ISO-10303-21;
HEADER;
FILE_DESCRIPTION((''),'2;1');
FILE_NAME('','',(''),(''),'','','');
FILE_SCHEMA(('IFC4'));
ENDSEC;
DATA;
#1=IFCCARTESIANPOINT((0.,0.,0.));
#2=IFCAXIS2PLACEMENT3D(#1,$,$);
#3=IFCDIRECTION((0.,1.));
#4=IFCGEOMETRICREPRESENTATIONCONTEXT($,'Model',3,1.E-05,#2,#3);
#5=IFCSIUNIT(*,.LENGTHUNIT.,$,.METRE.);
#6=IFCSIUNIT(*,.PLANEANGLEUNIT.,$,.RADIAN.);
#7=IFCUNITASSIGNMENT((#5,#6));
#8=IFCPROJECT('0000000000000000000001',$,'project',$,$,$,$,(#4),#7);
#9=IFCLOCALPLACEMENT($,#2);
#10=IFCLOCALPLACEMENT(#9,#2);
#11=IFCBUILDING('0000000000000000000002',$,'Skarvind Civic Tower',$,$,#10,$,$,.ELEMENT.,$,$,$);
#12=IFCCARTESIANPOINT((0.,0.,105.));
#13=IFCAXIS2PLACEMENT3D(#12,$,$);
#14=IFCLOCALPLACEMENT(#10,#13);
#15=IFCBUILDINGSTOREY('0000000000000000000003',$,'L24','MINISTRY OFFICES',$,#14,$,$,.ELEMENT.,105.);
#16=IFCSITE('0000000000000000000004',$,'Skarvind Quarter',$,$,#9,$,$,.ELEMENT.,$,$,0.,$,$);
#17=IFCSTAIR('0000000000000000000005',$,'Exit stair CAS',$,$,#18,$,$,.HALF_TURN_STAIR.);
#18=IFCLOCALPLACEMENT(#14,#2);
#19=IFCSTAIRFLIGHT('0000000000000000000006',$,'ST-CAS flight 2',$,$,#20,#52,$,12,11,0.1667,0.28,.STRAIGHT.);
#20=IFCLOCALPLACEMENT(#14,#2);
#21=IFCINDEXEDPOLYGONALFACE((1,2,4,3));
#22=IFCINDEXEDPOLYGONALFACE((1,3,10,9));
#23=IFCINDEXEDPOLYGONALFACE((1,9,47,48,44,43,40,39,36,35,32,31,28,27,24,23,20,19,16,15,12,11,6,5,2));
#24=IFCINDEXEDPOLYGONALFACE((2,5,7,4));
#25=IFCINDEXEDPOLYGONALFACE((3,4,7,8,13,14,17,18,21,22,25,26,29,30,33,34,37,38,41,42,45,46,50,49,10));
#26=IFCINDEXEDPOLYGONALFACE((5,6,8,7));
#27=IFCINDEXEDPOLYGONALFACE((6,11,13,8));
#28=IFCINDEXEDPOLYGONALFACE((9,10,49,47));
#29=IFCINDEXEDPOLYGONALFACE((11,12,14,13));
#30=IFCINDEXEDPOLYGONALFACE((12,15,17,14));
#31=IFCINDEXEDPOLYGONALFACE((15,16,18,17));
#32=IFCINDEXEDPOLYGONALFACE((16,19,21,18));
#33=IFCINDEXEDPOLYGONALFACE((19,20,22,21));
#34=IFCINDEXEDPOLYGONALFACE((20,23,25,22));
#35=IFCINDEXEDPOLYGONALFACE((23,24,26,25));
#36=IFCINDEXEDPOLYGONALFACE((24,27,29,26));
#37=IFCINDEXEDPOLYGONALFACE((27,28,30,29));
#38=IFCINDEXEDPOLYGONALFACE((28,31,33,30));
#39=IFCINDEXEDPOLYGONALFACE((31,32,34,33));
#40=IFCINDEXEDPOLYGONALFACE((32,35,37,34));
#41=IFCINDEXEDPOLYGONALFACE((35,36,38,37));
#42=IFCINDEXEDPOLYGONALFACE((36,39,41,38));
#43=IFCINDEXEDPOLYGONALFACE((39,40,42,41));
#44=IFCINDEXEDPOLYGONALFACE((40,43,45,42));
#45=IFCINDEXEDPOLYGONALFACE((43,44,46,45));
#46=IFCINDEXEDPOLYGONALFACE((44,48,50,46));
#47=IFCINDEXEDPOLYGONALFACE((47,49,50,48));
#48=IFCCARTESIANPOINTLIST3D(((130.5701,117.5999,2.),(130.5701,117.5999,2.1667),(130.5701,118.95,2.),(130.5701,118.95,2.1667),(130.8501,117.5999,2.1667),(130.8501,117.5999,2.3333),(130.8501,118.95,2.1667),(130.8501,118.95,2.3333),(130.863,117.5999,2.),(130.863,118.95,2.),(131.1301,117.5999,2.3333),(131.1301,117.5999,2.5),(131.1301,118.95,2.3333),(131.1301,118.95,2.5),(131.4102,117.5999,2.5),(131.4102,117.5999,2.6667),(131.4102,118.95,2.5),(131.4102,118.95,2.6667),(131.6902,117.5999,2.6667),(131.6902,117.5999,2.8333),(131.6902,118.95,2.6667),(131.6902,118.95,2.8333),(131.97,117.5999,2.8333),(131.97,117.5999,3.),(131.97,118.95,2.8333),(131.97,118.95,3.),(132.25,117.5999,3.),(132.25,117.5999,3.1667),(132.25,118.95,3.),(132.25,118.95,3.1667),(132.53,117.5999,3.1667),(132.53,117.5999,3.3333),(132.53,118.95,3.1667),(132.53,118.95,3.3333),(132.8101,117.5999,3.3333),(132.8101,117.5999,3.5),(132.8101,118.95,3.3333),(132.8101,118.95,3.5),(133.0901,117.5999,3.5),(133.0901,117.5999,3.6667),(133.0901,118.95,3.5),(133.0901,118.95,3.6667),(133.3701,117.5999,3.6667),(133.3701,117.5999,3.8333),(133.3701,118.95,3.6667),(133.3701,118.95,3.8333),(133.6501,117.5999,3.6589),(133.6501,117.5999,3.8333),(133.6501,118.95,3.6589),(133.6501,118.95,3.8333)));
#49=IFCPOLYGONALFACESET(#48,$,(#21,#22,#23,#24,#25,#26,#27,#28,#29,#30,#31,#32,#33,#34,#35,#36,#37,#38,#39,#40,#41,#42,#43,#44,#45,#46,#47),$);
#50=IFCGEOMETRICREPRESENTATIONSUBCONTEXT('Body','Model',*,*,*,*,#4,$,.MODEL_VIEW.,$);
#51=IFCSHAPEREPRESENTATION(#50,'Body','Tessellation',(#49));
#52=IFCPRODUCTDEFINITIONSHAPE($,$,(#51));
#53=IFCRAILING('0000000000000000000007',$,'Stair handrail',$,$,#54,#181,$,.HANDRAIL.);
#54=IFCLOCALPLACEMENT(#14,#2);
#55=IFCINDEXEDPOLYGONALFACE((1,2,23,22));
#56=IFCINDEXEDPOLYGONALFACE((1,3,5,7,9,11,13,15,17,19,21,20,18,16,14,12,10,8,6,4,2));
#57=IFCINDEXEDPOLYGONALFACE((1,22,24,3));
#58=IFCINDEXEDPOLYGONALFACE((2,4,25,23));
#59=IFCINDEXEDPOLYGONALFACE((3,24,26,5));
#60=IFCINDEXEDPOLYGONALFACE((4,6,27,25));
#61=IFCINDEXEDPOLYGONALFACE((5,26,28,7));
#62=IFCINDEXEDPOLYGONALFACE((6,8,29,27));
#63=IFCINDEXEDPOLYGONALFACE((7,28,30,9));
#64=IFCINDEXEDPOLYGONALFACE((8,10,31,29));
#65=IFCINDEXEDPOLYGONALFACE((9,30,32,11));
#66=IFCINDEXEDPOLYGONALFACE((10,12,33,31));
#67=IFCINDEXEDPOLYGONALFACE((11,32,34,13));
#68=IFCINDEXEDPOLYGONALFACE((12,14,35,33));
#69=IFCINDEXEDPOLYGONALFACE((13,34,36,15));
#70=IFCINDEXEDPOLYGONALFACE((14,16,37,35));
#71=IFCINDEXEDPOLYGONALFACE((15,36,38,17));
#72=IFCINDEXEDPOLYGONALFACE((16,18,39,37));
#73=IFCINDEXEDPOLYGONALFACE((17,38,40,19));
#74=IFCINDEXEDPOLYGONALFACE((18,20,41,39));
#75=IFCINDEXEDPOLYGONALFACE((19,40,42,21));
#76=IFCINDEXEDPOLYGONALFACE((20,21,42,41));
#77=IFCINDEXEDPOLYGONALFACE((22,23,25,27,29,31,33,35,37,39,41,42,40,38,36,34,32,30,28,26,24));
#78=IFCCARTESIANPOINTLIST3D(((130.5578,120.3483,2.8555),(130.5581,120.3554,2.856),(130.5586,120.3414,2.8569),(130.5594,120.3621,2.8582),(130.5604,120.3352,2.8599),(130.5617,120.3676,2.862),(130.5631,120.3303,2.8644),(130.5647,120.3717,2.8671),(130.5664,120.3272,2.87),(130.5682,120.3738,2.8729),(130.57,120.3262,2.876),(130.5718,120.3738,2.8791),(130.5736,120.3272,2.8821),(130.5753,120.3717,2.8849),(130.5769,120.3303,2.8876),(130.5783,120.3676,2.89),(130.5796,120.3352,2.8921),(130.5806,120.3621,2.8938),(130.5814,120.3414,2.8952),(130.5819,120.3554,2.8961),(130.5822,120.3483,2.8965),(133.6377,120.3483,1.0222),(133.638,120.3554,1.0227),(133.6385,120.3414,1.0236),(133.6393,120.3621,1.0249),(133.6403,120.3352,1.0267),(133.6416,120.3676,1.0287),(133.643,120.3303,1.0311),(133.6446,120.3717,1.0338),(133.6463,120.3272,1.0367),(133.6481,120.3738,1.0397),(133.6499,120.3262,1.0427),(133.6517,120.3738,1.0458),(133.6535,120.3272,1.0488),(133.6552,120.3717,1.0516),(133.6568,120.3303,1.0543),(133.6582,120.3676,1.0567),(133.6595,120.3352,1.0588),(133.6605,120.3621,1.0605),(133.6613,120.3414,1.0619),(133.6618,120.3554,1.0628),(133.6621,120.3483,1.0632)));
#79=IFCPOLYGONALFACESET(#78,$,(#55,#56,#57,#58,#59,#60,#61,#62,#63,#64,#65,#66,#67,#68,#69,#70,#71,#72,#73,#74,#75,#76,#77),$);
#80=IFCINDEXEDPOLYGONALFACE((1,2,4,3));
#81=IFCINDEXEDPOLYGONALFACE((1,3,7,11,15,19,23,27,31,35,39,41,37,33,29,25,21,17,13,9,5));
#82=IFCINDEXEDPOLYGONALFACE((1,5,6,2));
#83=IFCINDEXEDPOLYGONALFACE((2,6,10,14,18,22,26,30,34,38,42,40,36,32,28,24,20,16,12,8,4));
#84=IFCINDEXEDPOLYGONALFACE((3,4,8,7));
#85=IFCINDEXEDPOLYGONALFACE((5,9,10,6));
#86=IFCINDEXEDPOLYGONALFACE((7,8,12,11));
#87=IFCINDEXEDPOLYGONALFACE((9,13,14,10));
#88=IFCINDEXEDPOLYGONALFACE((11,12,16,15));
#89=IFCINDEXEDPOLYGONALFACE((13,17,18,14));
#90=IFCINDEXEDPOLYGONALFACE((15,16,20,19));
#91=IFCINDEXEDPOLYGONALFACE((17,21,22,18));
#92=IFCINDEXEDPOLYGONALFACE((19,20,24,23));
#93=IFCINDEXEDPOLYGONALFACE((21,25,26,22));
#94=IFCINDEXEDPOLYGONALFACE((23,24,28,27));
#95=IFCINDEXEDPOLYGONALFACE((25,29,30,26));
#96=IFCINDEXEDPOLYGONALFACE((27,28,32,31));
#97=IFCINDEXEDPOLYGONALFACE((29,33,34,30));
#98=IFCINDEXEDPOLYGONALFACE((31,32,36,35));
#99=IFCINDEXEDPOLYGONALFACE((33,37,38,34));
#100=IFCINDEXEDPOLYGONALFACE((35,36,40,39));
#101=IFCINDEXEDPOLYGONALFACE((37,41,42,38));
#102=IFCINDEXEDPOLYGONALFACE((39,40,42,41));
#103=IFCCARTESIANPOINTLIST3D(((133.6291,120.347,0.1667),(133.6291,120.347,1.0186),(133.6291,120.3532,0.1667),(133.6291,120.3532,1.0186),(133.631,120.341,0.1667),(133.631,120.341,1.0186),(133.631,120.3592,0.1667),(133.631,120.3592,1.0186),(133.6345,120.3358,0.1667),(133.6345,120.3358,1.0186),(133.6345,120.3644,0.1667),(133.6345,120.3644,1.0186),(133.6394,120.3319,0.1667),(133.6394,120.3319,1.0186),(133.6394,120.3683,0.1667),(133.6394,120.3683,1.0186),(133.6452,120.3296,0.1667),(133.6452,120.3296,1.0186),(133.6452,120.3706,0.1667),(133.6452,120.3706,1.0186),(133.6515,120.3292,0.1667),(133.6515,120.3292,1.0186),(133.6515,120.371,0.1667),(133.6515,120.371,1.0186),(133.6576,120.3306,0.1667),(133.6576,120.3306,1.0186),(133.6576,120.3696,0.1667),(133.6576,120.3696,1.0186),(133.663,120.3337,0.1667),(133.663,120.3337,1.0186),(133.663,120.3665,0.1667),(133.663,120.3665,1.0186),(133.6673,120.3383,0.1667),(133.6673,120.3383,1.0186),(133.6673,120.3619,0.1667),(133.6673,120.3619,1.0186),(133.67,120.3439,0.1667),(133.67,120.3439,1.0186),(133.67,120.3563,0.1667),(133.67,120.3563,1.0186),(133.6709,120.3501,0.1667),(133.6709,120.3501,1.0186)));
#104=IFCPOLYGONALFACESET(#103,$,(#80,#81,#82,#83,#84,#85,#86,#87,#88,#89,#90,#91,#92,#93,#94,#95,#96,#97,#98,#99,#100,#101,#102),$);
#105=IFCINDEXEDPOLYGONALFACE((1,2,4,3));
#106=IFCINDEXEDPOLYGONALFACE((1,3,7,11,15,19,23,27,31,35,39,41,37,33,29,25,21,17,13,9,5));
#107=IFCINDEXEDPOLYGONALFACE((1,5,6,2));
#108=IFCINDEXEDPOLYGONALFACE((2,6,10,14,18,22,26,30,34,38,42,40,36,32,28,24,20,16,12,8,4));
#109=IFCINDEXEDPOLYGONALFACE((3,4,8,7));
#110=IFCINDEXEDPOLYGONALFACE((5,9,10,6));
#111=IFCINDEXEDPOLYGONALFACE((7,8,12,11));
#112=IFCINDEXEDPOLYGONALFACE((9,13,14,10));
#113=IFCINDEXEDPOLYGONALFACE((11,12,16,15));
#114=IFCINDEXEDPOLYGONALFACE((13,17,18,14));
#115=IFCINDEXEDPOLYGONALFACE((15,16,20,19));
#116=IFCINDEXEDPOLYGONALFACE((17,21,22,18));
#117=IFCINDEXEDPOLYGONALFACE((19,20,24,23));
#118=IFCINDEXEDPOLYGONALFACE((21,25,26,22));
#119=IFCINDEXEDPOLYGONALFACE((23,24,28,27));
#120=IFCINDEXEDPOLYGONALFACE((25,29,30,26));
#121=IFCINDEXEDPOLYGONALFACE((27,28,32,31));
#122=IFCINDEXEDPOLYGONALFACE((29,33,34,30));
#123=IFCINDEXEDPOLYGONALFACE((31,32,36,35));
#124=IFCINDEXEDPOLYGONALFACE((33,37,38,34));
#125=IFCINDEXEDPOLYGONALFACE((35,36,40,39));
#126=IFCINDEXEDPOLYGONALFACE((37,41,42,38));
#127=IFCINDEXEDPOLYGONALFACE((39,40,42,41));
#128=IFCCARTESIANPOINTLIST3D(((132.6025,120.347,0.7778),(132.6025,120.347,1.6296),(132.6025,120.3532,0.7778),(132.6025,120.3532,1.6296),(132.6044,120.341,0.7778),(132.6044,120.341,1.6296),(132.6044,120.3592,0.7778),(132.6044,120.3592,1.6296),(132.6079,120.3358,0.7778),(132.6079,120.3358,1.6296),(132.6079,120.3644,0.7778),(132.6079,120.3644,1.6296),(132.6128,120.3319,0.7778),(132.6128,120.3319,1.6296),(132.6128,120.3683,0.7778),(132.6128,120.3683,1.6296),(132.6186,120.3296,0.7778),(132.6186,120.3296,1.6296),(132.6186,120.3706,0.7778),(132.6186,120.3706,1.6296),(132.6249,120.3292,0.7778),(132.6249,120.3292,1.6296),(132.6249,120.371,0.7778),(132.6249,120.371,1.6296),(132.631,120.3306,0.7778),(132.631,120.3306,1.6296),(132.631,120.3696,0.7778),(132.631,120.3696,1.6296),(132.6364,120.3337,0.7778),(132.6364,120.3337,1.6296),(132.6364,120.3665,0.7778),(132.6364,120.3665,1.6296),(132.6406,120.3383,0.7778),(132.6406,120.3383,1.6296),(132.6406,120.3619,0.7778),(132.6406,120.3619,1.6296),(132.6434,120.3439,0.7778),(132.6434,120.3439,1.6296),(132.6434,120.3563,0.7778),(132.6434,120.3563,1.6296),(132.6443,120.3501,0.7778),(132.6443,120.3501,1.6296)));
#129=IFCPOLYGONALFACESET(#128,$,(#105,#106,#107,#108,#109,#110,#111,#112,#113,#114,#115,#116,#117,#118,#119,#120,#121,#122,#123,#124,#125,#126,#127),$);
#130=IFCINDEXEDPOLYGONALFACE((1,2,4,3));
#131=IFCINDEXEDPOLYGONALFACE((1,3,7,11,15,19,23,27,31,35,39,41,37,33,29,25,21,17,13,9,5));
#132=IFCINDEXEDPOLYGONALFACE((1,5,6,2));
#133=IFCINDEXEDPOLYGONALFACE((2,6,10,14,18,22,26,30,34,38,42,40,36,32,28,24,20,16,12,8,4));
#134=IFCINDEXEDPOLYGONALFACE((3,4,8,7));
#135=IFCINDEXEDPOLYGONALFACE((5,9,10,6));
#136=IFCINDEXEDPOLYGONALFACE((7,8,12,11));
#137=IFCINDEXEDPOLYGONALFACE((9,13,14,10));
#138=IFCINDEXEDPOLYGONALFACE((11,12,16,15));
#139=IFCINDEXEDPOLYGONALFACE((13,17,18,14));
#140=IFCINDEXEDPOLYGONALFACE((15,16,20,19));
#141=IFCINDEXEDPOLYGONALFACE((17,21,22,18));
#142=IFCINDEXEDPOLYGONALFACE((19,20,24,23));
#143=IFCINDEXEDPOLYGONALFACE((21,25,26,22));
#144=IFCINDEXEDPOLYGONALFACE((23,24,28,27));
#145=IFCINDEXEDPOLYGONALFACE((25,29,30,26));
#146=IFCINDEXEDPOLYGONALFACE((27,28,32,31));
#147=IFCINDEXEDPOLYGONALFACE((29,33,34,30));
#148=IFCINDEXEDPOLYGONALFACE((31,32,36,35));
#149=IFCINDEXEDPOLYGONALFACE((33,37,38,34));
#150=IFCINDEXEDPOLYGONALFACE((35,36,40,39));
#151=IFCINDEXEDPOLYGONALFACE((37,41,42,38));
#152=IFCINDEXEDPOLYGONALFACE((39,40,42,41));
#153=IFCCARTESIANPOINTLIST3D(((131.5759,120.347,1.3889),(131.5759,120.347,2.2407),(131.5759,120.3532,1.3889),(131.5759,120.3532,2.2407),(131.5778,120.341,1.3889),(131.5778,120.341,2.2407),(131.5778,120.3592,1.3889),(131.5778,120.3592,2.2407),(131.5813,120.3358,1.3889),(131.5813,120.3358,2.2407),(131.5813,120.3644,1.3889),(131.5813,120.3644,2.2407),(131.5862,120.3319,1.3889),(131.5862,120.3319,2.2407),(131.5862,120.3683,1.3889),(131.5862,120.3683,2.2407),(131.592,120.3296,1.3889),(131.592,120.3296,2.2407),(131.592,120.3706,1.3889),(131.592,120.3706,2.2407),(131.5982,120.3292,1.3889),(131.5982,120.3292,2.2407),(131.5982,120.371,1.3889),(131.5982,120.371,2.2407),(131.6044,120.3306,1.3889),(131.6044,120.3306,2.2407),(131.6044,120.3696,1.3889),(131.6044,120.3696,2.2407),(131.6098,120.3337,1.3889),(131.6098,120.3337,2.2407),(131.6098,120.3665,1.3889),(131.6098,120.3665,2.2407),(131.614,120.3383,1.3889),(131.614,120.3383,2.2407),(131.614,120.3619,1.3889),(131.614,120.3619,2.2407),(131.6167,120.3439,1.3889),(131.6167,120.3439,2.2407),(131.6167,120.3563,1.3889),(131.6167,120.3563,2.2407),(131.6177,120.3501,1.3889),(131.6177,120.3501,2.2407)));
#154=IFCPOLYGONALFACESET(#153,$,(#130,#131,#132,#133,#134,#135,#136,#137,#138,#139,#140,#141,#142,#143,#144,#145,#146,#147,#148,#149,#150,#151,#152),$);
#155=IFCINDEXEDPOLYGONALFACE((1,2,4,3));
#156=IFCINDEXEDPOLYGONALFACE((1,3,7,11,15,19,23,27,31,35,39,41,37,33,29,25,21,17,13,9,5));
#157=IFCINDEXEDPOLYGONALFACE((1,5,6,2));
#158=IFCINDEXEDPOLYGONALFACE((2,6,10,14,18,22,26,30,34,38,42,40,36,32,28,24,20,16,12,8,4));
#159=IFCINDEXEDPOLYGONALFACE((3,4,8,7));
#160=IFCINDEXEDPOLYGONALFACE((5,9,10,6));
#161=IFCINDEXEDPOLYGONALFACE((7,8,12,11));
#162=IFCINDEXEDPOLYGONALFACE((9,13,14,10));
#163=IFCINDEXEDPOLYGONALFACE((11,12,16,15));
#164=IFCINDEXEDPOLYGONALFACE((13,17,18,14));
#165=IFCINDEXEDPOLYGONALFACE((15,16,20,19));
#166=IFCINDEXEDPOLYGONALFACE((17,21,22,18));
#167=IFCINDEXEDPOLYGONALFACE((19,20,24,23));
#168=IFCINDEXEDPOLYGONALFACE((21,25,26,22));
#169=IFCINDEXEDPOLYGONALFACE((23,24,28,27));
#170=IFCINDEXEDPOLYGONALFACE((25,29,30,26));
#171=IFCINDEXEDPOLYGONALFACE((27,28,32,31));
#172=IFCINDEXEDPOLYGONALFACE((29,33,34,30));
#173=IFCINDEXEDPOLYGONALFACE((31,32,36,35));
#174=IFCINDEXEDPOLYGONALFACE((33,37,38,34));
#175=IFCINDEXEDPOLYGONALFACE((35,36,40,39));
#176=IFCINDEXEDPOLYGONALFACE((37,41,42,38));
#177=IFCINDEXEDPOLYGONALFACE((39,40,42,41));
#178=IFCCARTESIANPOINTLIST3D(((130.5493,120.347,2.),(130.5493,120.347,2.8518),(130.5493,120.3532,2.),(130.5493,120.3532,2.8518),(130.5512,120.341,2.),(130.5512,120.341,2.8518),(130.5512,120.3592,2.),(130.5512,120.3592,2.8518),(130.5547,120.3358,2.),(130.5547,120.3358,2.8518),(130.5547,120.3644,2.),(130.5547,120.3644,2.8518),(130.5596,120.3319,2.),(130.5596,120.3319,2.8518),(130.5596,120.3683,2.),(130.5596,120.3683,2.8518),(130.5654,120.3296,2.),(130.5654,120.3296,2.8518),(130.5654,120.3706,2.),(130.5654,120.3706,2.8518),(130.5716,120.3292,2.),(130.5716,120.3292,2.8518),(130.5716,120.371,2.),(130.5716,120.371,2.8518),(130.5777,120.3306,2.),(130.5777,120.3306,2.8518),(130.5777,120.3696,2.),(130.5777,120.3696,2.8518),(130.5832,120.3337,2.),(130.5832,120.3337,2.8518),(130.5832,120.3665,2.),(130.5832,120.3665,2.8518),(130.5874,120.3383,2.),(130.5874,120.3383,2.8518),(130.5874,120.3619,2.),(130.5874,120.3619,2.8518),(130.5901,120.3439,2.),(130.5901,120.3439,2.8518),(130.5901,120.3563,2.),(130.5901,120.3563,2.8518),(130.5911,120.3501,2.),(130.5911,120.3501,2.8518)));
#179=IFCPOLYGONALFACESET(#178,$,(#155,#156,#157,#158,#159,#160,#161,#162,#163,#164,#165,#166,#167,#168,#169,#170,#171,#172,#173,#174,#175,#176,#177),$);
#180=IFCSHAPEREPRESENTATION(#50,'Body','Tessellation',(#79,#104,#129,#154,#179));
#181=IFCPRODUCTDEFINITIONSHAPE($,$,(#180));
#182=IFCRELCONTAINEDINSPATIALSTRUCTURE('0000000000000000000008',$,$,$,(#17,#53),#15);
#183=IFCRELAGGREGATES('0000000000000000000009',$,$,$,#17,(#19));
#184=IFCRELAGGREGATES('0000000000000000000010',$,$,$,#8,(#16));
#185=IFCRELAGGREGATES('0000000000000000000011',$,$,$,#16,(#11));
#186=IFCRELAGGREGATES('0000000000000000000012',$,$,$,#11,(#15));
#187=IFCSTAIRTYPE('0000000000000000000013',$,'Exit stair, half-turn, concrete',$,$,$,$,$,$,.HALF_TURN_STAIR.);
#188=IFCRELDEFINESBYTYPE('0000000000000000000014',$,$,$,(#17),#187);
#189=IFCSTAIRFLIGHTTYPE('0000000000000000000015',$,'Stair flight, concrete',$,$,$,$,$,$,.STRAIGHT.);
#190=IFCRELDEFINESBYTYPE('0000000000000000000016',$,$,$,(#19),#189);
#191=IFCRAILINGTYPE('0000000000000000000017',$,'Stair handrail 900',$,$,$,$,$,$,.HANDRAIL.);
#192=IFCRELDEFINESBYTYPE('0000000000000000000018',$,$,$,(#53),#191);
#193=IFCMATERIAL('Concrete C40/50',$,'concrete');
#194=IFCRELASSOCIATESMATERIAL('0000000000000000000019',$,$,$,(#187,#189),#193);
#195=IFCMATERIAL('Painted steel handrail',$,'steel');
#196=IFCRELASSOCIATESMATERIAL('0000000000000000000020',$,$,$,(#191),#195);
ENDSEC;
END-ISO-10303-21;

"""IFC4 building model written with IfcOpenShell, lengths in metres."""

from ifc_helpers import new_model, si_unit, direction, frame, origin, origin_2d, place, context, subcontext, project, spatial, polyline, circle, outline, extrude, material, type_object, element, aggregate, save


model = new_model("IFC4")

# Units and contexts
model_context = context("Model", 3, precision=1e-05, world=origin(), true_north=direction((0.0, 1.0)))
body_context = subcontext(model_context, "Body", "Model", "MODEL_VIEW")
ifc_project = project(units=[si_unit("LENGTHUNIT", "METRE"), si_unit("PLANEANGLEUNIT", "RADIAN")], contexts=[model_context])

# Site, building, storey
site_placement = place(None, origin())
site = spatial("IfcSite", under=ifc_project, at=site_placement, Name="Skarvind Quarter", CompositionType="ELEMENT", RefElevation=0.0)
building_placement = place(site_placement, origin())
building = spatial("IfcBuilding", under=site, at=building_placement, Name="Skarvind Civic Tower", CompositionType="ELEMENT")
storey_placement = place(building_placement, frame((0.0, 0.0, 105.0)))
storey = spatial("IfcBuildingStorey", under=building, at=storey_placement, Name="L24", Description="MINISTRY OFFICES", CompositionType="ELEMENT", Elevation=105.0)

# Stair, stair flight
ifc_material_1 = material(Name="Concrete C40/50", Category="concrete")
stair_type = type_object("IfcStairType", Name="Exit stair, half-turn, concrete", PredefinedType="HALF_TURN_STAIR", material=ifc_material_1)
stair_placement = place(storey_placement, origin())
stair = element("IfcStair", 1, at=stair_placement, inside=storey, type_object=stair_type, Name="Exit stair CAS", PredefinedType="HALF_TURN_STAIR")
stair_flight_type = type_object("IfcStairFlightType", Name="Stair flight, concrete", PredefinedType="STRAIGHT", material=ifc_material_1)
stair_flight_1_placement = place(storey_placement, frame((130.5701, 118.2749, 2.0), z_axis=(0.0, 0.0, 1.0), x_axis=(1.0, 0.0, 0.0)))
stair_flight_1 = element("IfcStairFlight", 2, at=stair_flight_1_placement, type_object=stair_flight_type, Name="ST-CAS flight 2", NumberOfRisers=12, NumberOfTreads=11, PredefinedType="STRAIGHT", RiserHeight=0.1667, TreadLength=0.28, context=body_context, shape_type="SweptSolid", body=[
    extrude(outline(polyline([(0.0, 0.0), (0.0, 0.1667), (0.28, 0.1667), (0.28, 0.3333), (0.5601, 0.3333), (0.5601, 0.5), (0.8401, 0.5), (0.8401, 0.6667), (1.1201, 0.6667), (1.1201, 0.8333), (1.3999, 0.8333), (1.3999, 1.0), (1.6799, 1.0), (1.6799, 1.1667), (1.96, 1.1667), (1.96, 1.3333), (2.24, 1.3333), (2.24, 1.5), (2.52, 1.5), (2.52, 1.6667), (2.8, 1.6667), (2.8, 1.8333), (3.0801, 1.8333), (3.0801, 2.0), (3.0801, 1.6589), (0.293, 0.0), (0.0, 0.0)])), frame((0.0, 0.675, 0.0), z_axis=(0.0, -1.0, 0.0), x_axis=(1.0, 0.0, 0.0)), (0.0, 0.0, 1.0), 1.3501),
])
aggregate(stair, [stair_flight_1])

# Railing
ifc_material_2 = material(Name="Painted steel handrail", Category="steel")
railing_type = type_object("IfcRailingType", Name="Stair handrail 900", PredefinedType="HANDRAIL", material=ifc_material_2)
railing_1_placement = place(storey_placement, frame((133.6499, 120.3501, 0.1667)))
element("IfcRailing", 3, at=railing_1_placement, inside=storey, type_object=railing_type, Name="Stair handrail", PredefinedType="HANDRAIL", context=body_context, shape_type="SweptSolid", body=[
    extrude(circle(Radius=0.0239, at=origin_2d()), frame((0.0, 0.0, 0.876), z_axis=(-0.859291, 0.0, 0.511487), x_axis=(0.0, -1.0, 0.0)), (0.0, 0.0, 1.0), 3.5842),
    extrude(circle(Radius=0.021, at=origin_2d()), origin(), (0.0, 0.0, 1.0), 0.8518),
    extrude(circle(Radius=0.021, at=origin_2d()), frame((-1.0266, 0.0, 0.6111)), (0.0, 0.0, 1.0), 0.8518),
    extrude(circle(Radius=0.021, at=origin_2d()), frame((-2.0532, 0.0, 1.2222)), (0.0, 0.0, 1.0), 0.8518),
    extrude(circle(Radius=0.021, at=origin_2d()), frame((-3.0798, 0.0, 1.8333)), (0.0, 0.0, 1.0), 0.8518),
])

save(model, "model.ifc")
